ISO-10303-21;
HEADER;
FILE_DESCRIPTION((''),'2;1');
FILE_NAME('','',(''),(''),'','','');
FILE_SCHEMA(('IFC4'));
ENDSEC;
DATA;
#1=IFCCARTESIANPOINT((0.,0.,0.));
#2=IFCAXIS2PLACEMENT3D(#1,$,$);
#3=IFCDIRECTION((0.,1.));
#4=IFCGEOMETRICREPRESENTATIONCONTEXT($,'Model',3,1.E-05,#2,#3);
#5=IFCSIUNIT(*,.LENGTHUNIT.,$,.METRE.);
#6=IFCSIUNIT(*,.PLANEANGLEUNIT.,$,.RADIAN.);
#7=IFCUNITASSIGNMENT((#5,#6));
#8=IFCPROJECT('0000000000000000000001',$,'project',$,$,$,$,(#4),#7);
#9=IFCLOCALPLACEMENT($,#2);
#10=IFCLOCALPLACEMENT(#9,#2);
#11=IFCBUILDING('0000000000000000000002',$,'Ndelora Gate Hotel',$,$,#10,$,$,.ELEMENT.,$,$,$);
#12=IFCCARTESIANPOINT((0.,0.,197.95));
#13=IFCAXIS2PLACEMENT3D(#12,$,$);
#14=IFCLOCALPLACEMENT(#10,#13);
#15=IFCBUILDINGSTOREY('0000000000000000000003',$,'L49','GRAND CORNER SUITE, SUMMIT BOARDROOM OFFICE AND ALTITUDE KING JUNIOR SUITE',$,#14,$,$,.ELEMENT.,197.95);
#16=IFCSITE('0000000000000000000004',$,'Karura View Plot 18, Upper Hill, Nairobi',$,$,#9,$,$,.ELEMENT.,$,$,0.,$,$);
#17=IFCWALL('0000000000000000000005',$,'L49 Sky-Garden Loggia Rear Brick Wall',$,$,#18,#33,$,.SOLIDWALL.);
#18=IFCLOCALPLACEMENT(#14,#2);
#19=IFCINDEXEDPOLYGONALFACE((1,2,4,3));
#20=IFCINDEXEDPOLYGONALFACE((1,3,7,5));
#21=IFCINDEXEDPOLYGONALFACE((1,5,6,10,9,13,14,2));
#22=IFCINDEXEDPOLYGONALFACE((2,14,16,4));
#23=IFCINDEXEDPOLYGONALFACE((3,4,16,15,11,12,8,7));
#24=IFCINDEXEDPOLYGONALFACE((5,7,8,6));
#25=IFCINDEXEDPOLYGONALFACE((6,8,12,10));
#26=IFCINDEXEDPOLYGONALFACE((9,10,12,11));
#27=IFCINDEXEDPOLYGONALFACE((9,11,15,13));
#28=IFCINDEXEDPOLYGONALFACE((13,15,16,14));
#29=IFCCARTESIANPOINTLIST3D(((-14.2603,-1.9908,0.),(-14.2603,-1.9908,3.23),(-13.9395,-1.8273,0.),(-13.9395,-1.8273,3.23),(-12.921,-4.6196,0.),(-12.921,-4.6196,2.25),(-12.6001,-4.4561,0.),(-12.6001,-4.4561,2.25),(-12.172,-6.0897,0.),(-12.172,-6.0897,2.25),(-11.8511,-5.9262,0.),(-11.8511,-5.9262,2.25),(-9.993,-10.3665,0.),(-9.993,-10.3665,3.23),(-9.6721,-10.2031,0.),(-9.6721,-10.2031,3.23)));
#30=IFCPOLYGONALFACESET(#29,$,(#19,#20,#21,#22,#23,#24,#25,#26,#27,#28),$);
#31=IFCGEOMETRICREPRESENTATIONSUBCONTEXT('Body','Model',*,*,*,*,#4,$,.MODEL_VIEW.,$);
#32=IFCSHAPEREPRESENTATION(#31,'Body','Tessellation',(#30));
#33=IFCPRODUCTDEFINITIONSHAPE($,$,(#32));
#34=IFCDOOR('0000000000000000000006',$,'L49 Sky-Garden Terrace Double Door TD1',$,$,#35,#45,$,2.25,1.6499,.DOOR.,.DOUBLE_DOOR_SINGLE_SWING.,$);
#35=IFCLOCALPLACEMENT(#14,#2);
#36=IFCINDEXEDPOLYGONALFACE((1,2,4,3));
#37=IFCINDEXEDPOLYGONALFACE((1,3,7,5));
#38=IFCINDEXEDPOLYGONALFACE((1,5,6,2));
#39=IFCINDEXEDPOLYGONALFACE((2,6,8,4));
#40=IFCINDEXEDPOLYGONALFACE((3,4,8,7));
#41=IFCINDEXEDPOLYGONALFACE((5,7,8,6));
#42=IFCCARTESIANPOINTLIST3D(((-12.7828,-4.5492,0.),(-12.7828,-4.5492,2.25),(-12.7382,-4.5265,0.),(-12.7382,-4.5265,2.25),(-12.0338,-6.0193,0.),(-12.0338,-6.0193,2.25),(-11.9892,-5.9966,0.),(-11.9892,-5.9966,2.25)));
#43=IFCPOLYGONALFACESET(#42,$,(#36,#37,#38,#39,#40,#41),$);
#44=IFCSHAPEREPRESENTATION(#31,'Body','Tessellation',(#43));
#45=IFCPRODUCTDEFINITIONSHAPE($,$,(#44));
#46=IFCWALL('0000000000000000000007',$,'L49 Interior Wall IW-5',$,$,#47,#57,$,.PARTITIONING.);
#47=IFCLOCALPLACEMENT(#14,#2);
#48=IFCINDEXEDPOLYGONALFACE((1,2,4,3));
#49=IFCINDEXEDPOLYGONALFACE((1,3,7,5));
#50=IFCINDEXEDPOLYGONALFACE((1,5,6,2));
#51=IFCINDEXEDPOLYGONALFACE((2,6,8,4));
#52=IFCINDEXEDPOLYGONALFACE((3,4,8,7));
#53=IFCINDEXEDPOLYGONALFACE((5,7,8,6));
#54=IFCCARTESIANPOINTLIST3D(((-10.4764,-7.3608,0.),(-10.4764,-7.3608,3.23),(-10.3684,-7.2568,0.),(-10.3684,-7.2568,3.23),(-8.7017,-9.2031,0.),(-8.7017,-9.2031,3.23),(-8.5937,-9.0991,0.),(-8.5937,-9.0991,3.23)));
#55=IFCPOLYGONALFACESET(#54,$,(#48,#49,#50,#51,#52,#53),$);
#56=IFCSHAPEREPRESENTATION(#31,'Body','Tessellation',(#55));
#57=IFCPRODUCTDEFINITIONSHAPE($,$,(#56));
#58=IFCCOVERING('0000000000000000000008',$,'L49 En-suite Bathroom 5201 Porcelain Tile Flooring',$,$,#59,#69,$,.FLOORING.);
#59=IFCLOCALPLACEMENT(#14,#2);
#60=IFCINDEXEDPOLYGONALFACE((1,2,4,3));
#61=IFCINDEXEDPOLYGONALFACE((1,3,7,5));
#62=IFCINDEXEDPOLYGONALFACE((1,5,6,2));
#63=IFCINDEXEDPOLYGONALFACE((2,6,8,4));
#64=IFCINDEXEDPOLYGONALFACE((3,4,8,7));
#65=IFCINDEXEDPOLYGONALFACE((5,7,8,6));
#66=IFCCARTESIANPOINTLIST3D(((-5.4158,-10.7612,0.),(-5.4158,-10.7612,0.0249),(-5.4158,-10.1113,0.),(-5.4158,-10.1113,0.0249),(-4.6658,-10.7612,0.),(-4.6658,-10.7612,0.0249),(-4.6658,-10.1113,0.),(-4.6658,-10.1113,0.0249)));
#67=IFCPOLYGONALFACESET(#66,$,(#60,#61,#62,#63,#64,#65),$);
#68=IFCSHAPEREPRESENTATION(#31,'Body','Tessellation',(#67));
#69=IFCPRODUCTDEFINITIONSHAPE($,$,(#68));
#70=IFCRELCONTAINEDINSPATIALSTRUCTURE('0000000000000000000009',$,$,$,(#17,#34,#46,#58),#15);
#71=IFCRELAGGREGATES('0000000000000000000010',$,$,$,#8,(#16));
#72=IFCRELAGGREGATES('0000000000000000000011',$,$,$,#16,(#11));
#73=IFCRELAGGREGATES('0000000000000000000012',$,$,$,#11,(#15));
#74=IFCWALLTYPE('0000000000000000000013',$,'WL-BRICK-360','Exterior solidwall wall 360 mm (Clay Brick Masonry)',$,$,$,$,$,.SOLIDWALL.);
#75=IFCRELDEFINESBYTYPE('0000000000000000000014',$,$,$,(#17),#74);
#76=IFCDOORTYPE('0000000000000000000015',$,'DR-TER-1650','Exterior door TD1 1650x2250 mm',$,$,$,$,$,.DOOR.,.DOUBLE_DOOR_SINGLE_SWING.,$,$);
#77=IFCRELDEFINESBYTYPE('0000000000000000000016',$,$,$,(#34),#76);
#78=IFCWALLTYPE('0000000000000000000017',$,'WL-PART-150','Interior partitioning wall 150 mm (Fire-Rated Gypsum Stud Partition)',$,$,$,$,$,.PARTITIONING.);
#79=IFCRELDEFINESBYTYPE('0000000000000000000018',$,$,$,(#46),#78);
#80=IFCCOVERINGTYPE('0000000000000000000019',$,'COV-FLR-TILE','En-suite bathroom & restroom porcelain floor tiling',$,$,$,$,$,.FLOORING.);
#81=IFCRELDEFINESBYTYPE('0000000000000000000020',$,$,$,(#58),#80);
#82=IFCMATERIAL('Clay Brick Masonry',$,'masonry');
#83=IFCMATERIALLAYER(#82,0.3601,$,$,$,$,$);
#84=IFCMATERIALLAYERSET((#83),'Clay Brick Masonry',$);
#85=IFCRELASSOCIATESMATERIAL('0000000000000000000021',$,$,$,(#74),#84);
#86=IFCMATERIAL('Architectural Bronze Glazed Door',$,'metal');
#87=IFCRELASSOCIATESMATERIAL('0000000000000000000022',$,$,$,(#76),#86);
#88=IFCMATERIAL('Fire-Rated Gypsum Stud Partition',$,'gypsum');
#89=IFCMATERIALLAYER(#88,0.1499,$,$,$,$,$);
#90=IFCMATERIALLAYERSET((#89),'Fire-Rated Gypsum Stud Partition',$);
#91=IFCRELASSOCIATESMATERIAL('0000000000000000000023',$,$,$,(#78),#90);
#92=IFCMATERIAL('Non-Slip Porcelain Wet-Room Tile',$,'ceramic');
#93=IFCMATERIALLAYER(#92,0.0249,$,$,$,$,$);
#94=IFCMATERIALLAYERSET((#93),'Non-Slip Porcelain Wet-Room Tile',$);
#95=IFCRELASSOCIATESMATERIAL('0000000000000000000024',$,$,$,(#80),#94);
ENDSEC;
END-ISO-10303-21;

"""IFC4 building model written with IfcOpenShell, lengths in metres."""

from ifc_helpers import new_model, si_unit, direction, frame, frame_2d, origin, origin_2d, place, context, subcontext, project, spatial, rectangle, extrude, material, layer, layer_set, type_object, element, fill, save


model = new_model("IFC4")

# Units and contexts
model_context = context("Model", 3, precision=1e-05, world=origin(), true_north=direction((0.0, 1.0)))
body_context = subcontext(model_context, "Body", "Model", "MODEL_VIEW")
ifc_project = project(units=[si_unit("LENGTHUNIT", "METRE"), si_unit("PLANEANGLEUNIT", "RADIAN")], contexts=[model_context])

# Site, building, storey
site_placement = place(None, origin())
site = spatial("IfcSite", under=ifc_project, at=site_placement, Name="Karura View Plot 18, Upper Hill, Nairobi", CompositionType="ELEMENT", RefElevation=0.0)
building_placement = place(site_placement, origin())
building = spatial("IfcBuilding", under=site, at=building_placement, Name="Ndelora Gate Hotel", CompositionType="ELEMENT")
storey_placement = place(building_placement, frame((0.0, 0.0, 197.95)))
storey = spatial("IfcBuildingStorey", under=building, at=storey_placement, Name="L49", Description="GRAND CORNER SUITE, SUMMIT BOARDROOM OFFICE AND ALTITUDE KING JUNIOR SUITE", CompositionType="ELEMENT", Elevation=197.95)

# Wall, opening, door
ifc_material_1 = material(Name="Clay Brick Masonry", Category="masonry")
ifc_layer_1 = layer(ifc_material_1, 0.3601)
ifc_layer_set_1 = layer_set([ifc_layer_1], Name="Clay Brick Masonry")
wall_type_1 = type_object("IfcWallType", Name="WL-BRICK-360", Description="Exterior solidwall wall 360 mm (Clay Brick Masonry)", PredefinedType="SOLIDWALL", material=ifc_layer_set_1)
wall_1_placement = place(storey_placement, frame((-9.8325, -10.2849, 0.0), z_axis=(0.0, 0.0, 1.0), x_axis=(-0.453964, 0.89102, 0.0)))
wall_1 = element("IfcWall", 1, at=wall_1_placement, inside=storey, type_object=wall_type_1, Name="L49 Sky-Garden Loggia Rear Brick Wall", PredefinedType="SOLIDWALL", context=body_context, shape_type="SweptSolid", body=[
    extrude(rectangle(XDim=9.4001, YDim=0.3601, at=frame_2d((4.7002, 0.0))), origin(), (0.0, 0.0, 1.0), 3.23),
])
opening_placement = place(wall_1_placement, frame((4.8, 0.0, 0.0)))
opening = element("IfcOpeningElement", 2, at=opening_placement, cuts=wall_1, PredefinedType="OPENING", context=body_context, shape_type="SweptSolid", body=[
    extrude(rectangle(XDim=1.6499, YDim=2.25, at=frame_2d((0.825, 1.125))), frame((0.0, 0.1899, 0.0), z_axis=(0.0, -1.0, 0.0), x_axis=(1.0, 0.0, 0.0)), (0.0, 0.0, 1.0), 0.3801),
])
ifc_material_2 = material(Name="Architectural Bronze Glazed Door", Category="metal")
door_type = type_object("IfcDoorType", Name="DR-TER-1650", Description="Exterior door TD1 1650x2250 mm", OperationType="DOUBLE_DOOR_SINGLE_SWING", PredefinedType="DOOR", material=ifc_material_2)
door_placement = place(opening_placement, origin())
door = element("IfcDoor", 3, at=door_placement, inside=storey, type_object=door_type, Name="L49 Sky-Garden Terrace Double Door TD1", OperationType="DOUBLE_DOOR_SINGLE_SWING", OverallHeight=2.25, OverallWidth=1.6499, PredefinedType="DOOR", context=body_context, shape_type="SweptSolid", body=[
    extrude(rectangle(XDim=1.6499, YDim=2.25, at=frame_2d((0.825, 1.125))), frame((0.0, 0.0249, 0.0), z_axis=(0.0, -1.0, 0.0), x_axis=(1.0, 0.0, 0.0)), (0.0, 0.0, 1.0), 0.05),
])
fill(opening, door)

# Wall
ifc_material_3 = material(Name="Fire-Rated Gypsum Stud Partition", Category="gypsum")
ifc_layer_2 = layer(ifc_material_3, 0.1499)
ifc_layer_set_2 = layer_set([ifc_layer_2], Name="Fire-Rated Gypsum Stud Partition")
wall_type_2 = type_object("IfcWallType", Name="WL-PART-150", Description="Interior partitioning wall 150 mm (Fire-Rated Gypsum Stud Partition)", PredefinedType="PARTITIONING", material=ifc_layer_set_2)
wall_2_placement = place(storey_placement, frame((-8.6477, -9.1511, 0.0), z_axis=(0.0, 0.0, 1.0), x_axis=(-0.693765, 0.720202, 0.0)))
element("IfcWall", 4, at=wall_2_placement, inside=storey, type_object=wall_type_2, Name="L49 Interior Wall IW-5", PredefinedType="PARTITIONING", context=body_context, shape_type="SweptSolid", body=[
    extrude(rectangle(XDim=2.5581, YDim=0.1499, at=frame_2d((1.2791, 0.0))), origin(), (0.0, 0.0, 1.0), 3.23),
])

# Covering
ifc_material_4 = material(Name="Non-Slip Porcelain Wet-Room Tile", Category="ceramic")
ifc_layer_3 = layer(ifc_material_4, 0.0249)
ifc_layer_set_3 = layer_set([ifc_layer_3], Name="Non-Slip Porcelain Wet-Room Tile")
covering_type = type_object("IfcCoveringType", Name="COV-FLR-TILE", Description="En-suite bathroom & restroom porcelain floor tiling", PredefinedType="FLOORING", material=ifc_layer_set_3)
covering_placement = place(storey_placement, frame((-5.0408, -10.4363, 0.0), z_axis=(0.0, 0.0, 1.0), x_axis=(1.0, 0.0, 0.0)))
element("IfcCovering", 5, at=covering_placement, inside=storey, type_object=covering_type, Name="L49 En-suite Bathroom 5201 Porcelain Tile Flooring", PredefinedType="FLOORING", context=body_context, shape_type="SweptSolid", body=[
    extrude(rectangle(XDim=0.75, YDim=0.6499, at=origin_2d()), origin(), (0.0, 0.0, 1.0), 0.0249),
])

save(model, "model.ifc")
